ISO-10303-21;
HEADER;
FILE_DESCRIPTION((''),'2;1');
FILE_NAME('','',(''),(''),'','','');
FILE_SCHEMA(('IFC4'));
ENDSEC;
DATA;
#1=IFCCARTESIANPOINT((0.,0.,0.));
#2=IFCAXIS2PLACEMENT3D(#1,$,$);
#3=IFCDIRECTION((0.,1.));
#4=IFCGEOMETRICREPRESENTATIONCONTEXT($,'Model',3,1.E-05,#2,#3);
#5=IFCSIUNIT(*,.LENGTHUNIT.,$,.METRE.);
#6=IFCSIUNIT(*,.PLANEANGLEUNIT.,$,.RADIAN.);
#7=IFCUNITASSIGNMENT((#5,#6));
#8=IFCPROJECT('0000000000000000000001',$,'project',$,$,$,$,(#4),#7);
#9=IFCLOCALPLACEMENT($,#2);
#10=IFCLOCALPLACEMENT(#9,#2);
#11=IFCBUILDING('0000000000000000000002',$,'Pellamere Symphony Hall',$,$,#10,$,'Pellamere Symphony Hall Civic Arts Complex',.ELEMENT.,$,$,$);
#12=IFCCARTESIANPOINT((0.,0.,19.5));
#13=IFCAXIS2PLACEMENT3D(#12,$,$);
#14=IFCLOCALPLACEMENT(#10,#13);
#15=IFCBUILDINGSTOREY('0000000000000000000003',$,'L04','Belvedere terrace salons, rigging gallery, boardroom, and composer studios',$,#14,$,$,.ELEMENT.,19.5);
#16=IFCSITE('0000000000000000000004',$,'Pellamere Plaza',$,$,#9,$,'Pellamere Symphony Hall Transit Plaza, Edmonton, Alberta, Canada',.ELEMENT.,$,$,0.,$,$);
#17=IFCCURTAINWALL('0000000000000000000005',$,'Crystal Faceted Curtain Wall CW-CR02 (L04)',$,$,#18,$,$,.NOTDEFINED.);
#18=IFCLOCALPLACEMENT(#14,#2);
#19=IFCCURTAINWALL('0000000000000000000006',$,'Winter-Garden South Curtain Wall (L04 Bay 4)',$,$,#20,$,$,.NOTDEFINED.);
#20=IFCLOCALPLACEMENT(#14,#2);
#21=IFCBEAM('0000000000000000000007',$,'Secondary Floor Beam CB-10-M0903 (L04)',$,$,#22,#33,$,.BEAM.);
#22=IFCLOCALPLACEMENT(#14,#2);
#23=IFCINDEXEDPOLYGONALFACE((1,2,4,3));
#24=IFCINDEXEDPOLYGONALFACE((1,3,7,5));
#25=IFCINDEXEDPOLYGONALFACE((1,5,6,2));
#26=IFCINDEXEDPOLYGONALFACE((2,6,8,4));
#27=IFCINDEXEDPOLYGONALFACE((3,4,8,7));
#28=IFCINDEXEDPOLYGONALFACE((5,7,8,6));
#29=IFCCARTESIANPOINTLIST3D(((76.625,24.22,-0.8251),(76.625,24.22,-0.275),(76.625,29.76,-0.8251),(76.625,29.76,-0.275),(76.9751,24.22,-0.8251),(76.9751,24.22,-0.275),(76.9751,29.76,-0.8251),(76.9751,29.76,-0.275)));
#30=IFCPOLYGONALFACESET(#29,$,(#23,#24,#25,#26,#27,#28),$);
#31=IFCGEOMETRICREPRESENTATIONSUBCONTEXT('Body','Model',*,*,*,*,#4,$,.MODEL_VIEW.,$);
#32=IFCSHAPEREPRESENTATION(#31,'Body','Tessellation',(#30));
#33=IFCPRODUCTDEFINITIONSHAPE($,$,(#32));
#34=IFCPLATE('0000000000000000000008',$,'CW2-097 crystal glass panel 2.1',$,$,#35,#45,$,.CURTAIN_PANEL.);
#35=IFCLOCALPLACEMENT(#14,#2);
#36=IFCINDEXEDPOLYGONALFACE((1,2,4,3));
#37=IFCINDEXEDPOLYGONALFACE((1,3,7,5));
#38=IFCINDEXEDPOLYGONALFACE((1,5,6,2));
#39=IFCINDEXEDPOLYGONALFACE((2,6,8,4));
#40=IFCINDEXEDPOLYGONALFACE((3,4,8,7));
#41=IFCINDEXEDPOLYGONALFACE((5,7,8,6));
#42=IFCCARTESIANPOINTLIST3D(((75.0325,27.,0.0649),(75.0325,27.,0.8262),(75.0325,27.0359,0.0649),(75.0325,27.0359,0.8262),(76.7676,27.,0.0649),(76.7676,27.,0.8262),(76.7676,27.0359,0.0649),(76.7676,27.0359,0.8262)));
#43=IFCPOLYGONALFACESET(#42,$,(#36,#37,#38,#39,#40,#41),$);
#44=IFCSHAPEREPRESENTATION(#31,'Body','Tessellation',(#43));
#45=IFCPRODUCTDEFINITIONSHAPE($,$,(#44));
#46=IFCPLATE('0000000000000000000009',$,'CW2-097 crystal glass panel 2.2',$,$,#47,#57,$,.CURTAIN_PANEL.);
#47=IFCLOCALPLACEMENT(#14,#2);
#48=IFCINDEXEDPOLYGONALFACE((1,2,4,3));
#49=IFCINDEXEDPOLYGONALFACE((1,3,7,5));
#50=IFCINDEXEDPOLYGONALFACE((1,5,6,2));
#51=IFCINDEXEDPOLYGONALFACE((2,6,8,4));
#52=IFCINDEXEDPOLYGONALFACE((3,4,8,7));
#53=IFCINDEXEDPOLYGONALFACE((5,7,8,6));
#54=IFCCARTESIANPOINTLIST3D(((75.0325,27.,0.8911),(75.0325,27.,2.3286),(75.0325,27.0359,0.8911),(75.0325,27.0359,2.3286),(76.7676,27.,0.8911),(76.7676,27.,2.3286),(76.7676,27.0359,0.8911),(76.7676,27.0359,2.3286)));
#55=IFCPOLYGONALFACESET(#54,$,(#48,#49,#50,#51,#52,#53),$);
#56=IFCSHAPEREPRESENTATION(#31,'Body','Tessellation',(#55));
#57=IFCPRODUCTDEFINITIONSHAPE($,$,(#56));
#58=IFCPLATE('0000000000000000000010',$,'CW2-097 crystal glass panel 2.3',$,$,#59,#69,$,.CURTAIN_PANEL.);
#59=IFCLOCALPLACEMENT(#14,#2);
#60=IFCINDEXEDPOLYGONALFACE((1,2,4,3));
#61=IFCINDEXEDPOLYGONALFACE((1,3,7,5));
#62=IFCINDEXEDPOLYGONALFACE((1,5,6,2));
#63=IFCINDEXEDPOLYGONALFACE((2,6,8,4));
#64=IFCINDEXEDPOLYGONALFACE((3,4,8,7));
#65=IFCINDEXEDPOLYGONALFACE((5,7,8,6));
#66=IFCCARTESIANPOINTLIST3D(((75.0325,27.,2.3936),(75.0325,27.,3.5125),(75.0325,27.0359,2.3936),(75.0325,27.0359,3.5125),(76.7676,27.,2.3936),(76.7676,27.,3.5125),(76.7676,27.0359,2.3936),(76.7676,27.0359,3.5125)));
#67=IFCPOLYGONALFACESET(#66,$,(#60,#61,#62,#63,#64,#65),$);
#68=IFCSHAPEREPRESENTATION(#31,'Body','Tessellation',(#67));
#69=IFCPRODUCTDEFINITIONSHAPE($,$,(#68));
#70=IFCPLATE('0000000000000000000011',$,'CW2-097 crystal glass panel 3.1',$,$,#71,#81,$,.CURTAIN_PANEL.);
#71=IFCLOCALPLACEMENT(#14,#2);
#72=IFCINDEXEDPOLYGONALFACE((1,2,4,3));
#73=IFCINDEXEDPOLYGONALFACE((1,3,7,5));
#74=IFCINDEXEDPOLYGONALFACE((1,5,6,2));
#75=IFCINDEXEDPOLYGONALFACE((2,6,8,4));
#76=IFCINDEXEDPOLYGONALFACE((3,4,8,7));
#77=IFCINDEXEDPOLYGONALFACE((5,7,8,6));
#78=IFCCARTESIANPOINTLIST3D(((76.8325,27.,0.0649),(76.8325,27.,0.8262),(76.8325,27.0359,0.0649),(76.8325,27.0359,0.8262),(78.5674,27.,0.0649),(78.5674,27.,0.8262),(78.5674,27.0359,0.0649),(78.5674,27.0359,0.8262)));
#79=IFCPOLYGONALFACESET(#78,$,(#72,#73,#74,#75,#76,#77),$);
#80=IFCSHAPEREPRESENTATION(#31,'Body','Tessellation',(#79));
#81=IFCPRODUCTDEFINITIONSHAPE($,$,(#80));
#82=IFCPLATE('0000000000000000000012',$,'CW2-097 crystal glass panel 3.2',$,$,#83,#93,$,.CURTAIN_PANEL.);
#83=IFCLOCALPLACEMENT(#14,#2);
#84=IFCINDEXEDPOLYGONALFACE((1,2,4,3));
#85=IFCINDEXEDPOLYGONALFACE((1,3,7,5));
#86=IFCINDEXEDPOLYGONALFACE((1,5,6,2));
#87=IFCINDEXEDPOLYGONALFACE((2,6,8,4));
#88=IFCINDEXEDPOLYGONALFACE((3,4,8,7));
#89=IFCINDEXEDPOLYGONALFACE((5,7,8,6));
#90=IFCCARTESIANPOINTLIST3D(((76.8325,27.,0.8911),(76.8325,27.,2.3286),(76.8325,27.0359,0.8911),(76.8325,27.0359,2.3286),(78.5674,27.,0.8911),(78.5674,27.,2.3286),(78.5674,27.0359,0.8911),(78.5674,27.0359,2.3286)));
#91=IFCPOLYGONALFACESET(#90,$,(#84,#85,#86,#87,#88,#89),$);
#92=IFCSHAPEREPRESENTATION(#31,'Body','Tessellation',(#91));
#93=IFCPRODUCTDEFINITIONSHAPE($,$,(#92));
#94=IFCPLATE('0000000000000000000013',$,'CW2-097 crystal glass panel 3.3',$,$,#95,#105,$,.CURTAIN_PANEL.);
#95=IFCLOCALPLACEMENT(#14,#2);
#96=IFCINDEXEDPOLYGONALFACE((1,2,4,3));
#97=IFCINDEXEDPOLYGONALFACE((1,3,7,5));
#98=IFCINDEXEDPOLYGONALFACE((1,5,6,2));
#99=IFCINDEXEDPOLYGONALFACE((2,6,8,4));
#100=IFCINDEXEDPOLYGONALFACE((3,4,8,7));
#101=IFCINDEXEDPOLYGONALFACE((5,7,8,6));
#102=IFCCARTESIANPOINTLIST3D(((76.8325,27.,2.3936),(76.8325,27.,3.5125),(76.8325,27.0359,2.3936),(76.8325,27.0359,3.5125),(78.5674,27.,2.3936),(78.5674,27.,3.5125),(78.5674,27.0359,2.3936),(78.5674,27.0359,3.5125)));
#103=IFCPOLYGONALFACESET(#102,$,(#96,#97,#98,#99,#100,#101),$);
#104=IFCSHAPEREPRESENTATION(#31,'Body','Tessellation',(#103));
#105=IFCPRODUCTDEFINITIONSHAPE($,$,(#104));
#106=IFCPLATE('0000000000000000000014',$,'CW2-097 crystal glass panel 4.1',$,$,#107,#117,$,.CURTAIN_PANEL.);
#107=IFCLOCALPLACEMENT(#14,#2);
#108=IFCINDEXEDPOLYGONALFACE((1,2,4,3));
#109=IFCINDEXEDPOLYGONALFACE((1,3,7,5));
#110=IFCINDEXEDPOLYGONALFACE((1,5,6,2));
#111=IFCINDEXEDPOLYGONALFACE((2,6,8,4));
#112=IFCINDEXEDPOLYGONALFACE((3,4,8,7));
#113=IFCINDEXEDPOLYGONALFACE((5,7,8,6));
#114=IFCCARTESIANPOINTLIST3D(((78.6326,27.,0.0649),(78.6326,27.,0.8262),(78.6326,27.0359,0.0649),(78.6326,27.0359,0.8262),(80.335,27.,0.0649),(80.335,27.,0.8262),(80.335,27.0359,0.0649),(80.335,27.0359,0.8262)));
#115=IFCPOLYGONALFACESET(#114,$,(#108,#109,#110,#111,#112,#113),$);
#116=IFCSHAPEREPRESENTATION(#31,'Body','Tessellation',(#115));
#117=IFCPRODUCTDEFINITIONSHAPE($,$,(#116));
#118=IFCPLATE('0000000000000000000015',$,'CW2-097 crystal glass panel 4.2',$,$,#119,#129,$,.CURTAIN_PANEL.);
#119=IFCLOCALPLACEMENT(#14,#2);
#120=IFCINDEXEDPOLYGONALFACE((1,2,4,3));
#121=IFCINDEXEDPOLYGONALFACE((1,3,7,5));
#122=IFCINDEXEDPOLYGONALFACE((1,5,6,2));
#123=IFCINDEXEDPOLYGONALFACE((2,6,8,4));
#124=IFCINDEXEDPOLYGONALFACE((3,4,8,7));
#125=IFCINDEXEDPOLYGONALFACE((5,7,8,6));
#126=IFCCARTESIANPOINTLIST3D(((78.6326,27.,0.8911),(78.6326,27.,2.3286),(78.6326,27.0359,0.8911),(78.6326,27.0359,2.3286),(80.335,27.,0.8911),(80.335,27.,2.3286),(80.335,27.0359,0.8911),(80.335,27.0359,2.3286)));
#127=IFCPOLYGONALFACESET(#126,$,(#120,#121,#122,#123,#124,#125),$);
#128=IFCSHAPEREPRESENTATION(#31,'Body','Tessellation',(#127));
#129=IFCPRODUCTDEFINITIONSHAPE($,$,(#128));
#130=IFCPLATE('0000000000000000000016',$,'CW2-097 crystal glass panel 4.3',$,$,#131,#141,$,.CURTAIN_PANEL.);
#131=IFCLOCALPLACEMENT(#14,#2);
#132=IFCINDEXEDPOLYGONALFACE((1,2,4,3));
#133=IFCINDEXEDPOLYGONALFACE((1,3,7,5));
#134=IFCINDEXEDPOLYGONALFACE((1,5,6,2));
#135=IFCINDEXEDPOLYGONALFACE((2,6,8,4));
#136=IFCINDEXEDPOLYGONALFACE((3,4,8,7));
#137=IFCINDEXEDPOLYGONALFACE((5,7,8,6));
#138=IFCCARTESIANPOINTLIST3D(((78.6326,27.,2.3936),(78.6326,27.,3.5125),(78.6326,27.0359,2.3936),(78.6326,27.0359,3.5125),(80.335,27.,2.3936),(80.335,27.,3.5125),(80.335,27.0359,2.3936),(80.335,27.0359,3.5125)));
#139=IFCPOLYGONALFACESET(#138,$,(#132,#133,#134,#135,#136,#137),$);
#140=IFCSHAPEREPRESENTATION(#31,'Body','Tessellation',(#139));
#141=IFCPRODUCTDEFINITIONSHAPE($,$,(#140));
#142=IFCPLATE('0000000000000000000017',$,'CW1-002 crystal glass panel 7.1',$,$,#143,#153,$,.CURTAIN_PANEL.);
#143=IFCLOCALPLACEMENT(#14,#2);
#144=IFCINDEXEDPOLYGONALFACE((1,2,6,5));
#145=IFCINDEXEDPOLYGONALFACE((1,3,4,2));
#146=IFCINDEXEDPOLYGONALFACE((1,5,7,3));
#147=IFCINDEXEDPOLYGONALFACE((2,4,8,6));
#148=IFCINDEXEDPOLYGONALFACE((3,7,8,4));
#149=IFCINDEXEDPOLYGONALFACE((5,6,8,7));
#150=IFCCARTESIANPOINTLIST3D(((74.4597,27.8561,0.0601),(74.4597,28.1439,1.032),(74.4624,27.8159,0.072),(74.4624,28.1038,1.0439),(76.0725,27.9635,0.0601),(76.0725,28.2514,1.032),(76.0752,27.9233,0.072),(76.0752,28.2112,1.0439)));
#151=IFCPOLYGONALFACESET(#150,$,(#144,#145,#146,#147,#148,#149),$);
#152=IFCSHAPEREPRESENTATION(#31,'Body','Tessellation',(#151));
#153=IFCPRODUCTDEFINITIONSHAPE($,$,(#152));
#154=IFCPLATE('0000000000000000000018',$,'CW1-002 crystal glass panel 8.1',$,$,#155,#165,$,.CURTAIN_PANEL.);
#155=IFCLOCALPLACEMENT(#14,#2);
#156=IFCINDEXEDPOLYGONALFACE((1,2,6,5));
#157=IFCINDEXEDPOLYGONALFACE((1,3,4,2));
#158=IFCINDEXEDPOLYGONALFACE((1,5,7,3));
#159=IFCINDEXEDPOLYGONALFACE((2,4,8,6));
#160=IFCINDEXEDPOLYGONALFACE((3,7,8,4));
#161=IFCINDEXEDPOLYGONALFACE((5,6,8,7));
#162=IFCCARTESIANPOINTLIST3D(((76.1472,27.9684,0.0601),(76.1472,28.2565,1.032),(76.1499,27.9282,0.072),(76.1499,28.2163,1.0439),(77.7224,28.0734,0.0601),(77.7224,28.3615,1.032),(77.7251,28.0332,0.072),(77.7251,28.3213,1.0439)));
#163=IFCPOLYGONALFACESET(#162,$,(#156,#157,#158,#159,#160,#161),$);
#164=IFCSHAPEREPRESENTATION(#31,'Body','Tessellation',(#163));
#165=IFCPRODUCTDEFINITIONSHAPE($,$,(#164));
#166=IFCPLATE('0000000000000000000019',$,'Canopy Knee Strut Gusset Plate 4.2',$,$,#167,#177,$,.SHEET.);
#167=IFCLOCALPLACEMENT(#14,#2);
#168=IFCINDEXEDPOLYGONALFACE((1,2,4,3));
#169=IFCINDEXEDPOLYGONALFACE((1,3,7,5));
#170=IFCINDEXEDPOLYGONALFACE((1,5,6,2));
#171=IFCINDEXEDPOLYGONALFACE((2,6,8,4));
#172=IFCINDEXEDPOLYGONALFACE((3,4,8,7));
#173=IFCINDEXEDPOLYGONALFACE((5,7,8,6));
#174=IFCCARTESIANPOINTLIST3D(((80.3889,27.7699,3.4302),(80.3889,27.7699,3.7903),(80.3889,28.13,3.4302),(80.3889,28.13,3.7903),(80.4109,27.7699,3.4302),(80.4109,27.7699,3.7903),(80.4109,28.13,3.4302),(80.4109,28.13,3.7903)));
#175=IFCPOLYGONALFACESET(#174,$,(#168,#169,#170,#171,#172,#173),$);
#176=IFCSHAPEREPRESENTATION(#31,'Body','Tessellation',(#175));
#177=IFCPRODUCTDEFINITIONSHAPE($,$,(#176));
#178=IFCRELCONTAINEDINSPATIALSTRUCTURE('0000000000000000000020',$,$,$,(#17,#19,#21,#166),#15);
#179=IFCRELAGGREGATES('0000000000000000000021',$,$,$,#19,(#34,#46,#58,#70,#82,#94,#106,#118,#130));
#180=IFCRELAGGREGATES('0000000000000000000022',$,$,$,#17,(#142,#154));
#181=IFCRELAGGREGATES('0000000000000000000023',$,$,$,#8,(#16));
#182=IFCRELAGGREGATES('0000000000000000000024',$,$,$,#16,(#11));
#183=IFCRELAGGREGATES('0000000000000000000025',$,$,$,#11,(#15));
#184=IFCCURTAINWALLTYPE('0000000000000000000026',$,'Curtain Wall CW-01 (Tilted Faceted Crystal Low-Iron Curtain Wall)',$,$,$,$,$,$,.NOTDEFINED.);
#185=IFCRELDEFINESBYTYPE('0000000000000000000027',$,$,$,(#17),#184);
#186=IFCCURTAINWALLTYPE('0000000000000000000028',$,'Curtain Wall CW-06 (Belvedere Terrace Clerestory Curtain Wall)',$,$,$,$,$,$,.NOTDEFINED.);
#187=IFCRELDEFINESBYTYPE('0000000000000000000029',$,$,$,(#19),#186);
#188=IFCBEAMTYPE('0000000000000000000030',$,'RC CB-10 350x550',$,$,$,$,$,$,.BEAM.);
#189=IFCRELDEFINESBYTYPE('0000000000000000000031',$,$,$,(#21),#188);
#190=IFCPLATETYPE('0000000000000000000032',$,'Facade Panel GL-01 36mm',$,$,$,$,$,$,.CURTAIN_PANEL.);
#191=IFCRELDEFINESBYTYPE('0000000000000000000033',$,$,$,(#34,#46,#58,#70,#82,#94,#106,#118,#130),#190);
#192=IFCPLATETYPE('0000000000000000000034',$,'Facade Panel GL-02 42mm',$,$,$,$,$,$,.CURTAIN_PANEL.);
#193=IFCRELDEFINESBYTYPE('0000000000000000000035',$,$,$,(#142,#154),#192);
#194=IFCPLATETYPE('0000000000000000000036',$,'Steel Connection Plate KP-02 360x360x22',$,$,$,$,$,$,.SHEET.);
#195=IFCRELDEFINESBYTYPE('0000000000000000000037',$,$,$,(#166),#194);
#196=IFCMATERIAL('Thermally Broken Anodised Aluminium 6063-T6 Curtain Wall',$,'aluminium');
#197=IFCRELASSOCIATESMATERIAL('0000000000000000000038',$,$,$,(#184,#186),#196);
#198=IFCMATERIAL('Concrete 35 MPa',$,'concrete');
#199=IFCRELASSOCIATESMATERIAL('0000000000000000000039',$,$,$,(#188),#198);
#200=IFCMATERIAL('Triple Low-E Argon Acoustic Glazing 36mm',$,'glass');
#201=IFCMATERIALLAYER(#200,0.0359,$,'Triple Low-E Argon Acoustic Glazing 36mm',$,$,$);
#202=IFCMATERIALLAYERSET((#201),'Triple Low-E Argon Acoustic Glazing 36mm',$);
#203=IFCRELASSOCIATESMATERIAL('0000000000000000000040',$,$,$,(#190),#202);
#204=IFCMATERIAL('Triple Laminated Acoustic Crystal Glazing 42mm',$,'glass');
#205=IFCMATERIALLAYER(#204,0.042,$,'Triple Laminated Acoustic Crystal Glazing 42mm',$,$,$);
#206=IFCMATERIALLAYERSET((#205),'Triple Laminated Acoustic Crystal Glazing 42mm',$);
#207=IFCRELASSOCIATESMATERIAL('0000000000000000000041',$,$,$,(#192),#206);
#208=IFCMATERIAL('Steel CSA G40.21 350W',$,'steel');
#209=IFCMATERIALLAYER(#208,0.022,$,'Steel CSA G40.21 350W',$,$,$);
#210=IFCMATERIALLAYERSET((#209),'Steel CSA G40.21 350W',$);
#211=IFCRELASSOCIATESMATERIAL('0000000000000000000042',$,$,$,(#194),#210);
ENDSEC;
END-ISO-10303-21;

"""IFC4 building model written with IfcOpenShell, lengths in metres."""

from ifc_helpers import new_model, si_unit, direction, frame, origin, origin_2d, place, context, subcontext, project, spatial, polyline, rectangle, outline, extrude, material, layer, layer_set, material_profile, profile_set, type_object, element, aggregate, save


model = new_model("IFC4")

# Units and contexts
model_context = context("Model", 3, precision=1e-05, world=origin(), true_north=direction((0.0, 1.0)))
body_context = subcontext(model_context, "Body", "Model", "MODEL_VIEW")
ifc_project = project(units=[si_unit("LENGTHUNIT", "METRE"), si_unit("PLANEANGLEUNIT", "RADIAN")], contexts=[model_context])

# Site, building, storey
site_placement = place(None, origin())
site = spatial("IfcSite", under=ifc_project, at=site_placement, Name="Pellamere Plaza", LongName="Pellamere Symphony Hall Transit Plaza, Edmonton, Alberta, Canada", CompositionType="ELEMENT", RefElevation=0.0)
building_placement = place(site_placement, origin())
building = spatial("IfcBuilding", under=site, at=building_placement, Name="Pellamere Symphony Hall", LongName="Pellamere Symphony Hall Civic Arts Complex", CompositionType="ELEMENT")
storey_placement = place(building_placement, frame((0.0, 0.0, 19.5)))
storey = spatial("IfcBuildingStorey", under=building, at=storey_placement, Name="L04", Description="Belvedere terrace salons, rigging gallery, boardroom, and composer studios", CompositionType="ELEMENT", Elevation=19.5)

# Curtain wall
ifc_material_1 = material(Name="Thermally Broken Anodised Aluminium 6063-T6 Curtain Wall", Category="aluminium")
curtain_wall_type_1 = type_object("IfcCurtainWallType", Name="Curtain Wall CW-01 (Tilted Faceted Crystal Low-Iron Curtain Wall)", PredefinedType="NOTDEFINED", material=ifc_material_1)
curtain_wall_1_placement = place(storey_placement, origin())
curtain_wall_1 = element("IfcCurtainWall", 1, at=curtain_wall_1_placement, inside=storey, type_object=curtain_wall_type_1, Name="Crystal Faceted Curtain Wall CW-CR02 (L04)", PredefinedType="NOTDEFINED")

# Curtain wall
curtain_wall_type_2 = type_object("IfcCurtainWallType", Name="Curtain Wall CW-06 (Belvedere Terrace Clerestory Curtain Wall)", PredefinedType="NOTDEFINED", material=ifc_material_1)
curtain_wall_2_placement = place(storey_placement, origin())
curtain_wall_2 = element("IfcCurtainWall", 2, at=curtain_wall_2_placement, inside=storey, type_object=curtain_wall_type_2, Name="Winter-Garden South Curtain Wall (L04 Bay 4)", PredefinedType="NOTDEFINED")

# Beam
ifc_material_2 = material(Name="Concrete 35 MPa", Category="concrete")
ifc_material_profile_1 = material_profile(ifc_material_2, rectangle(XDim=0.3501, YDim=0.55, at=origin_2d()), Name="RC 350x550")
ifc_profile_set_1 = profile_set([ifc_material_profile_1], Name="Concrete 35 MPa")
beam_type_1 = type_object("IfcBeamType", Name="RC CB-10 350x550", PredefinedType="BEAM", material=ifc_profile_set_1)
beam_1_placement = place(storey_placement, frame((76.8, 24.22, -0.55), z_axis=(0.0, 1.0, 0.0), x_axis=(-1.0, 0.0, 0.0)))
element("IfcBeam", 3, at=beam_1_placement, inside=storey, type_object=beam_type_1, Name="Secondary Floor Beam CB-10-M0903 (L04)", PredefinedType="BEAM", context=body_context, shape_type="SweptSolid", body=[
    extrude(rectangle(XDim=0.3501, YDim=0.55, at=origin_2d()), origin(), (0.0, 0.0, 1.0), 5.54),
])

# Plates
ifc_material_3 = material(Name="Triple Low-E Argon Acoustic Glazing 36mm", Category="glass")
ifc_layer_1 = layer(ifc_material_3, 0.0359, Name="Triple Low-E Argon Acoustic Glazing 36mm")
ifc_layer_set_1 = layer_set([ifc_layer_1], Name="Triple Low-E Argon Acoustic Glazing 36mm")
plate_type_1 = type_object("IfcPlateType", Name="Facade Panel GL-01 36mm", PredefinedType="CURTAIN_PANEL", material=ifc_layer_set_1)
plate_1_placement = place(storey_placement, frame((75.0325, 27.0, 0.0649), z_axis=(0.0, -1.0, 0.0), x_axis=(1.0, 0.0, 0.0)))
plate_1 = element("IfcPlate", 4, at=plate_1_placement, type_object=plate_type_1, Name="CW2-097 crystal glass panel 2.1", PredefinedType="CURTAIN_PANEL", context=body_context, shape_type="SweptSolid", body=[
    extrude(outline(polyline([(0.0, 0.0), (1.7351, 0.0), (1.7351, 0.7612), (0.0, 0.7612), (0.0, 0.0)])), origin(), (0.0, 0.0, -1.0), 0.0359),
])
plate_2_placement = place(storey_placement, frame((75.0325, 27.0, 0.8911), z_axis=(0.0, -1.0, 0.0), x_axis=(1.0, 0.0, 0.0)))
plate_2 = element("IfcPlate", 5, at=plate_2_placement, type_object=plate_type_1, Name="CW2-097 crystal glass panel 2.2", PredefinedType="CURTAIN_PANEL", context=body_context, shape_type="SweptSolid", body=[
    extrude(outline(polyline([(0.0, 0.0), (1.7351, 0.0), (1.7351, 1.4375), (0.0, 1.4375), (0.0, 0.0)])), origin(), (0.0, 0.0, -1.0), 0.0359),
])
plate_3_placement = place(storey_placement, frame((75.0325, 27.0, 2.3936), z_axis=(0.0, -1.0, 0.0), x_axis=(1.0, 0.0, 0.0)))
plate_3 = element("IfcPlate", 6, at=plate_3_placement, type_object=plate_type_1, Name="CW2-097 crystal glass panel 2.3", PredefinedType="CURTAIN_PANEL", context=body_context, shape_type="SweptSolid", body=[
    extrude(outline(polyline([(0.0, 0.0), (1.7351, 0.0), (1.7351, 1.1189), (0.0, 1.1189), (0.0, 0.0)])), origin(), (0.0, 0.0, -1.0), 0.0359),
])
plate_4_placement = place(storey_placement, frame((76.8325, 27.0, 0.0649), z_axis=(0.0, -1.0, 0.0), x_axis=(1.0, 0.0, 0.0)))
plate_4 = element("IfcPlate", 7, at=plate_4_placement, type_object=plate_type_1, Name="CW2-097 crystal glass panel 3.1", PredefinedType="CURTAIN_PANEL", context=body_context, shape_type="SweptSolid", body=[
    extrude(outline(polyline([(0.0, 0.0), (1.7349, 0.0), (1.7349, 0.7612), (0.0, 0.7612), (0.0, 0.0)])), origin(), (0.0, 0.0, -1.0), 0.0359),
])
plate_5_placement = place(storey_placement, frame((76.8325, 27.0, 0.8911), z_axis=(0.0, -1.0, 0.0), x_axis=(1.0, 0.0, 0.0)))
plate_5 = element("IfcPlate", 8, at=plate_5_placement, type_object=plate_type_1, Name="CW2-097 crystal glass panel 3.2", PredefinedType="CURTAIN_PANEL", context=body_context, shape_type="SweptSolid", body=[
    extrude(outline(polyline([(0.0, 0.0), (1.7349, 0.0), (1.7349, 1.4375), (0.0, 1.4375), (0.0, 0.0)])), origin(), (0.0, 0.0, -1.0), 0.0359),
])
plate_6_placement = place(storey_placement, frame((76.8325, 27.0, 2.3936), z_axis=(0.0, -1.0, 0.0), x_axis=(1.0, 0.0, 0.0)))
plate_6 = element("IfcPlate", 9, at=plate_6_placement, type_object=plate_type_1, Name="CW2-097 crystal glass panel 3.3", PredefinedType="CURTAIN_PANEL", context=body_context, shape_type="SweptSolid", body=[
    extrude(outline(polyline([(0.0, 0.0), (1.7349, 0.0), (1.7349, 1.1189), (0.0, 1.1189), (0.0, 0.0)])), origin(), (0.0, 0.0, -1.0), 0.0359),
])
plate_7_placement = place(storey_placement, frame((78.6326, 27.0, 0.0649), z_axis=(0.0, -1.0, 0.0), x_axis=(1.0, 0.0, 0.0)))
plate_7 = element("IfcPlate", 10, at=plate_7_placement, type_object=plate_type_1, Name="CW2-097 crystal glass panel 4.1", PredefinedType="CURTAIN_PANEL", context=body_context, shape_type="SweptSolid", body=[
    extrude(outline(polyline([(0.0, 0.0), (1.7024, 0.0), (1.7024, 0.7612), (0.0, 0.7612), (0.0, 0.0)])), origin(), (0.0, 0.0, -1.0), 0.0359),
])
plate_8_placement = place(storey_placement, frame((78.6326, 27.0, 0.8911), z_axis=(0.0, -1.0, 0.0), x_axis=(1.0, 0.0, 0.0)))
plate_8 = element("IfcPlate", 11, at=plate_8_placement, type_object=plate_type_1, Name="CW2-097 crystal glass panel 4.2", PredefinedType="CURTAIN_PANEL", context=body_context, shape_type="SweptSolid", body=[
    extrude(outline(polyline([(0.0, 0.0), (1.7024, 0.0), (1.7024, 1.4375), (0.0, 1.4375), (0.0, 0.0)])), origin(), (0.0, 0.0, -1.0), 0.0359),
])
plate_9_placement = place(storey_placement, frame((78.6326, 27.0, 2.3936), z_axis=(0.0, -1.0, 0.0), x_axis=(1.0, 0.0, 0.0)))
plate_9 = element("IfcPlate", 12, at=plate_9_placement, type_object=plate_type_1, Name="CW2-097 crystal glass panel 4.3", PredefinedType="CURTAIN_PANEL", context=body_context, shape_type="SweptSolid", body=[
    extrude(outline(polyline([(0.0, 0.0), (1.7024, 0.0), (1.7024, 1.1189), (0.0, 1.1189), (0.0, 0.0)])), origin(), (0.0, 0.0, -1.0), 0.0359),
])
aggregate(curtain_wall_2, [plate_1, plate_2, plate_3, plate_4, plate_5, plate_6, plate_7, plate_8, plate_9])
ifc_material_4 = material(Name="Triple Laminated Acoustic Crystal Glazing 42mm", Category="glass")
ifc_layer_2 = layer(ifc_material_4, 0.042, Name="Triple Laminated Acoustic Crystal Glazing 42mm")
ifc_layer_set_2 = layer_set([ifc_layer_2], Name="Triple Laminated Acoustic Crystal Glazing 42mm")
plate_type_2 = type_object("IfcPlateType", Name="Facade Panel GL-02 42mm", PredefinedType="CURTAIN_PANEL", material=ifc_layer_set_2)
plate_10_placement = place(storey_placement, frame((74.4624, 27.8159, 0.072), z_axis=(0.063734, -0.956885, 0.283388), x_axis=(0.997789, 0.066459, 0.0)))
plate_10 = element("IfcPlate", 13, at=plate_10_placement, type_object=plate_type_2, Name="CW1-002 crystal glass panel 7.1", PredefinedType="CURTAIN_PANEL", context=body_context, shape_type="SweptSolid", body=[
    extrude(outline(polyline([(0.0, 0.0), (1.6164, 0.0), (1.6355, 1.0135), (0.0191, 1.0135), (0.0, 0.0)])), origin(), (0.0, 0.0, -1.0), 0.042),
])
plate_11_placement = place(storey_placement, frame((76.1499, 27.9282, 0.072), z_axis=(0.063768, -0.956818, 0.283608), x_axis=(0.997787, 0.066498, 0.0)))
plate_11 = element("IfcPlate", 14, at=plate_11_placement, type_object=plate_type_2, Name="CW1-002 crystal glass panel 8.1", PredefinedType="CURTAIN_PANEL", context=body_context, shape_type="SweptSolid", body=[
    extrude(outline(polyline([(0.0, 0.0), (1.5787, 0.0), (1.5978, 1.0135), (0.0192, 1.0135), (0.0, 0.0)])), origin(), (0.0, 0.0, -1.0), 0.042),
])
aggregate(curtain_wall_1, [plate_10, plate_11])
ifc_material_5 = material(Name="Steel CSA G40.21 350W", Category="steel")
ifc_layer_3 = layer(ifc_material_5, 0.022, Name="Steel CSA G40.21 350W")
ifc_layer_set_3 = layer_set([ifc_layer_3], Name="Steel CSA G40.21 350W")
plate_type_3 = type_object("IfcPlateType", Name="Steel Connection Plate KP-02 360x360x22", PredefinedType="SHEET", material=ifc_layer_set_3)
plate_12_placement = place(storey_placement, frame((80.3999, 27.95, 3.4302), z_axis=(0.0, 0.0, 1.0), x_axis=(1.0, 0.0, 0.0)))
element("IfcPlate", 15, at=plate_12_placement, inside=storey, type_object=plate_type_3, Name="Canopy Knee Strut Gusset Plate 4.2", PredefinedType="SHEET", context=body_context, shape_type="SweptSolid", body=[
    extrude(rectangle(XDim=0.022, YDim=0.3601, at=origin_2d()), origin(), (0.0, 0.0, 1.0), 0.3601),
])

save(model, "model.ifc")
